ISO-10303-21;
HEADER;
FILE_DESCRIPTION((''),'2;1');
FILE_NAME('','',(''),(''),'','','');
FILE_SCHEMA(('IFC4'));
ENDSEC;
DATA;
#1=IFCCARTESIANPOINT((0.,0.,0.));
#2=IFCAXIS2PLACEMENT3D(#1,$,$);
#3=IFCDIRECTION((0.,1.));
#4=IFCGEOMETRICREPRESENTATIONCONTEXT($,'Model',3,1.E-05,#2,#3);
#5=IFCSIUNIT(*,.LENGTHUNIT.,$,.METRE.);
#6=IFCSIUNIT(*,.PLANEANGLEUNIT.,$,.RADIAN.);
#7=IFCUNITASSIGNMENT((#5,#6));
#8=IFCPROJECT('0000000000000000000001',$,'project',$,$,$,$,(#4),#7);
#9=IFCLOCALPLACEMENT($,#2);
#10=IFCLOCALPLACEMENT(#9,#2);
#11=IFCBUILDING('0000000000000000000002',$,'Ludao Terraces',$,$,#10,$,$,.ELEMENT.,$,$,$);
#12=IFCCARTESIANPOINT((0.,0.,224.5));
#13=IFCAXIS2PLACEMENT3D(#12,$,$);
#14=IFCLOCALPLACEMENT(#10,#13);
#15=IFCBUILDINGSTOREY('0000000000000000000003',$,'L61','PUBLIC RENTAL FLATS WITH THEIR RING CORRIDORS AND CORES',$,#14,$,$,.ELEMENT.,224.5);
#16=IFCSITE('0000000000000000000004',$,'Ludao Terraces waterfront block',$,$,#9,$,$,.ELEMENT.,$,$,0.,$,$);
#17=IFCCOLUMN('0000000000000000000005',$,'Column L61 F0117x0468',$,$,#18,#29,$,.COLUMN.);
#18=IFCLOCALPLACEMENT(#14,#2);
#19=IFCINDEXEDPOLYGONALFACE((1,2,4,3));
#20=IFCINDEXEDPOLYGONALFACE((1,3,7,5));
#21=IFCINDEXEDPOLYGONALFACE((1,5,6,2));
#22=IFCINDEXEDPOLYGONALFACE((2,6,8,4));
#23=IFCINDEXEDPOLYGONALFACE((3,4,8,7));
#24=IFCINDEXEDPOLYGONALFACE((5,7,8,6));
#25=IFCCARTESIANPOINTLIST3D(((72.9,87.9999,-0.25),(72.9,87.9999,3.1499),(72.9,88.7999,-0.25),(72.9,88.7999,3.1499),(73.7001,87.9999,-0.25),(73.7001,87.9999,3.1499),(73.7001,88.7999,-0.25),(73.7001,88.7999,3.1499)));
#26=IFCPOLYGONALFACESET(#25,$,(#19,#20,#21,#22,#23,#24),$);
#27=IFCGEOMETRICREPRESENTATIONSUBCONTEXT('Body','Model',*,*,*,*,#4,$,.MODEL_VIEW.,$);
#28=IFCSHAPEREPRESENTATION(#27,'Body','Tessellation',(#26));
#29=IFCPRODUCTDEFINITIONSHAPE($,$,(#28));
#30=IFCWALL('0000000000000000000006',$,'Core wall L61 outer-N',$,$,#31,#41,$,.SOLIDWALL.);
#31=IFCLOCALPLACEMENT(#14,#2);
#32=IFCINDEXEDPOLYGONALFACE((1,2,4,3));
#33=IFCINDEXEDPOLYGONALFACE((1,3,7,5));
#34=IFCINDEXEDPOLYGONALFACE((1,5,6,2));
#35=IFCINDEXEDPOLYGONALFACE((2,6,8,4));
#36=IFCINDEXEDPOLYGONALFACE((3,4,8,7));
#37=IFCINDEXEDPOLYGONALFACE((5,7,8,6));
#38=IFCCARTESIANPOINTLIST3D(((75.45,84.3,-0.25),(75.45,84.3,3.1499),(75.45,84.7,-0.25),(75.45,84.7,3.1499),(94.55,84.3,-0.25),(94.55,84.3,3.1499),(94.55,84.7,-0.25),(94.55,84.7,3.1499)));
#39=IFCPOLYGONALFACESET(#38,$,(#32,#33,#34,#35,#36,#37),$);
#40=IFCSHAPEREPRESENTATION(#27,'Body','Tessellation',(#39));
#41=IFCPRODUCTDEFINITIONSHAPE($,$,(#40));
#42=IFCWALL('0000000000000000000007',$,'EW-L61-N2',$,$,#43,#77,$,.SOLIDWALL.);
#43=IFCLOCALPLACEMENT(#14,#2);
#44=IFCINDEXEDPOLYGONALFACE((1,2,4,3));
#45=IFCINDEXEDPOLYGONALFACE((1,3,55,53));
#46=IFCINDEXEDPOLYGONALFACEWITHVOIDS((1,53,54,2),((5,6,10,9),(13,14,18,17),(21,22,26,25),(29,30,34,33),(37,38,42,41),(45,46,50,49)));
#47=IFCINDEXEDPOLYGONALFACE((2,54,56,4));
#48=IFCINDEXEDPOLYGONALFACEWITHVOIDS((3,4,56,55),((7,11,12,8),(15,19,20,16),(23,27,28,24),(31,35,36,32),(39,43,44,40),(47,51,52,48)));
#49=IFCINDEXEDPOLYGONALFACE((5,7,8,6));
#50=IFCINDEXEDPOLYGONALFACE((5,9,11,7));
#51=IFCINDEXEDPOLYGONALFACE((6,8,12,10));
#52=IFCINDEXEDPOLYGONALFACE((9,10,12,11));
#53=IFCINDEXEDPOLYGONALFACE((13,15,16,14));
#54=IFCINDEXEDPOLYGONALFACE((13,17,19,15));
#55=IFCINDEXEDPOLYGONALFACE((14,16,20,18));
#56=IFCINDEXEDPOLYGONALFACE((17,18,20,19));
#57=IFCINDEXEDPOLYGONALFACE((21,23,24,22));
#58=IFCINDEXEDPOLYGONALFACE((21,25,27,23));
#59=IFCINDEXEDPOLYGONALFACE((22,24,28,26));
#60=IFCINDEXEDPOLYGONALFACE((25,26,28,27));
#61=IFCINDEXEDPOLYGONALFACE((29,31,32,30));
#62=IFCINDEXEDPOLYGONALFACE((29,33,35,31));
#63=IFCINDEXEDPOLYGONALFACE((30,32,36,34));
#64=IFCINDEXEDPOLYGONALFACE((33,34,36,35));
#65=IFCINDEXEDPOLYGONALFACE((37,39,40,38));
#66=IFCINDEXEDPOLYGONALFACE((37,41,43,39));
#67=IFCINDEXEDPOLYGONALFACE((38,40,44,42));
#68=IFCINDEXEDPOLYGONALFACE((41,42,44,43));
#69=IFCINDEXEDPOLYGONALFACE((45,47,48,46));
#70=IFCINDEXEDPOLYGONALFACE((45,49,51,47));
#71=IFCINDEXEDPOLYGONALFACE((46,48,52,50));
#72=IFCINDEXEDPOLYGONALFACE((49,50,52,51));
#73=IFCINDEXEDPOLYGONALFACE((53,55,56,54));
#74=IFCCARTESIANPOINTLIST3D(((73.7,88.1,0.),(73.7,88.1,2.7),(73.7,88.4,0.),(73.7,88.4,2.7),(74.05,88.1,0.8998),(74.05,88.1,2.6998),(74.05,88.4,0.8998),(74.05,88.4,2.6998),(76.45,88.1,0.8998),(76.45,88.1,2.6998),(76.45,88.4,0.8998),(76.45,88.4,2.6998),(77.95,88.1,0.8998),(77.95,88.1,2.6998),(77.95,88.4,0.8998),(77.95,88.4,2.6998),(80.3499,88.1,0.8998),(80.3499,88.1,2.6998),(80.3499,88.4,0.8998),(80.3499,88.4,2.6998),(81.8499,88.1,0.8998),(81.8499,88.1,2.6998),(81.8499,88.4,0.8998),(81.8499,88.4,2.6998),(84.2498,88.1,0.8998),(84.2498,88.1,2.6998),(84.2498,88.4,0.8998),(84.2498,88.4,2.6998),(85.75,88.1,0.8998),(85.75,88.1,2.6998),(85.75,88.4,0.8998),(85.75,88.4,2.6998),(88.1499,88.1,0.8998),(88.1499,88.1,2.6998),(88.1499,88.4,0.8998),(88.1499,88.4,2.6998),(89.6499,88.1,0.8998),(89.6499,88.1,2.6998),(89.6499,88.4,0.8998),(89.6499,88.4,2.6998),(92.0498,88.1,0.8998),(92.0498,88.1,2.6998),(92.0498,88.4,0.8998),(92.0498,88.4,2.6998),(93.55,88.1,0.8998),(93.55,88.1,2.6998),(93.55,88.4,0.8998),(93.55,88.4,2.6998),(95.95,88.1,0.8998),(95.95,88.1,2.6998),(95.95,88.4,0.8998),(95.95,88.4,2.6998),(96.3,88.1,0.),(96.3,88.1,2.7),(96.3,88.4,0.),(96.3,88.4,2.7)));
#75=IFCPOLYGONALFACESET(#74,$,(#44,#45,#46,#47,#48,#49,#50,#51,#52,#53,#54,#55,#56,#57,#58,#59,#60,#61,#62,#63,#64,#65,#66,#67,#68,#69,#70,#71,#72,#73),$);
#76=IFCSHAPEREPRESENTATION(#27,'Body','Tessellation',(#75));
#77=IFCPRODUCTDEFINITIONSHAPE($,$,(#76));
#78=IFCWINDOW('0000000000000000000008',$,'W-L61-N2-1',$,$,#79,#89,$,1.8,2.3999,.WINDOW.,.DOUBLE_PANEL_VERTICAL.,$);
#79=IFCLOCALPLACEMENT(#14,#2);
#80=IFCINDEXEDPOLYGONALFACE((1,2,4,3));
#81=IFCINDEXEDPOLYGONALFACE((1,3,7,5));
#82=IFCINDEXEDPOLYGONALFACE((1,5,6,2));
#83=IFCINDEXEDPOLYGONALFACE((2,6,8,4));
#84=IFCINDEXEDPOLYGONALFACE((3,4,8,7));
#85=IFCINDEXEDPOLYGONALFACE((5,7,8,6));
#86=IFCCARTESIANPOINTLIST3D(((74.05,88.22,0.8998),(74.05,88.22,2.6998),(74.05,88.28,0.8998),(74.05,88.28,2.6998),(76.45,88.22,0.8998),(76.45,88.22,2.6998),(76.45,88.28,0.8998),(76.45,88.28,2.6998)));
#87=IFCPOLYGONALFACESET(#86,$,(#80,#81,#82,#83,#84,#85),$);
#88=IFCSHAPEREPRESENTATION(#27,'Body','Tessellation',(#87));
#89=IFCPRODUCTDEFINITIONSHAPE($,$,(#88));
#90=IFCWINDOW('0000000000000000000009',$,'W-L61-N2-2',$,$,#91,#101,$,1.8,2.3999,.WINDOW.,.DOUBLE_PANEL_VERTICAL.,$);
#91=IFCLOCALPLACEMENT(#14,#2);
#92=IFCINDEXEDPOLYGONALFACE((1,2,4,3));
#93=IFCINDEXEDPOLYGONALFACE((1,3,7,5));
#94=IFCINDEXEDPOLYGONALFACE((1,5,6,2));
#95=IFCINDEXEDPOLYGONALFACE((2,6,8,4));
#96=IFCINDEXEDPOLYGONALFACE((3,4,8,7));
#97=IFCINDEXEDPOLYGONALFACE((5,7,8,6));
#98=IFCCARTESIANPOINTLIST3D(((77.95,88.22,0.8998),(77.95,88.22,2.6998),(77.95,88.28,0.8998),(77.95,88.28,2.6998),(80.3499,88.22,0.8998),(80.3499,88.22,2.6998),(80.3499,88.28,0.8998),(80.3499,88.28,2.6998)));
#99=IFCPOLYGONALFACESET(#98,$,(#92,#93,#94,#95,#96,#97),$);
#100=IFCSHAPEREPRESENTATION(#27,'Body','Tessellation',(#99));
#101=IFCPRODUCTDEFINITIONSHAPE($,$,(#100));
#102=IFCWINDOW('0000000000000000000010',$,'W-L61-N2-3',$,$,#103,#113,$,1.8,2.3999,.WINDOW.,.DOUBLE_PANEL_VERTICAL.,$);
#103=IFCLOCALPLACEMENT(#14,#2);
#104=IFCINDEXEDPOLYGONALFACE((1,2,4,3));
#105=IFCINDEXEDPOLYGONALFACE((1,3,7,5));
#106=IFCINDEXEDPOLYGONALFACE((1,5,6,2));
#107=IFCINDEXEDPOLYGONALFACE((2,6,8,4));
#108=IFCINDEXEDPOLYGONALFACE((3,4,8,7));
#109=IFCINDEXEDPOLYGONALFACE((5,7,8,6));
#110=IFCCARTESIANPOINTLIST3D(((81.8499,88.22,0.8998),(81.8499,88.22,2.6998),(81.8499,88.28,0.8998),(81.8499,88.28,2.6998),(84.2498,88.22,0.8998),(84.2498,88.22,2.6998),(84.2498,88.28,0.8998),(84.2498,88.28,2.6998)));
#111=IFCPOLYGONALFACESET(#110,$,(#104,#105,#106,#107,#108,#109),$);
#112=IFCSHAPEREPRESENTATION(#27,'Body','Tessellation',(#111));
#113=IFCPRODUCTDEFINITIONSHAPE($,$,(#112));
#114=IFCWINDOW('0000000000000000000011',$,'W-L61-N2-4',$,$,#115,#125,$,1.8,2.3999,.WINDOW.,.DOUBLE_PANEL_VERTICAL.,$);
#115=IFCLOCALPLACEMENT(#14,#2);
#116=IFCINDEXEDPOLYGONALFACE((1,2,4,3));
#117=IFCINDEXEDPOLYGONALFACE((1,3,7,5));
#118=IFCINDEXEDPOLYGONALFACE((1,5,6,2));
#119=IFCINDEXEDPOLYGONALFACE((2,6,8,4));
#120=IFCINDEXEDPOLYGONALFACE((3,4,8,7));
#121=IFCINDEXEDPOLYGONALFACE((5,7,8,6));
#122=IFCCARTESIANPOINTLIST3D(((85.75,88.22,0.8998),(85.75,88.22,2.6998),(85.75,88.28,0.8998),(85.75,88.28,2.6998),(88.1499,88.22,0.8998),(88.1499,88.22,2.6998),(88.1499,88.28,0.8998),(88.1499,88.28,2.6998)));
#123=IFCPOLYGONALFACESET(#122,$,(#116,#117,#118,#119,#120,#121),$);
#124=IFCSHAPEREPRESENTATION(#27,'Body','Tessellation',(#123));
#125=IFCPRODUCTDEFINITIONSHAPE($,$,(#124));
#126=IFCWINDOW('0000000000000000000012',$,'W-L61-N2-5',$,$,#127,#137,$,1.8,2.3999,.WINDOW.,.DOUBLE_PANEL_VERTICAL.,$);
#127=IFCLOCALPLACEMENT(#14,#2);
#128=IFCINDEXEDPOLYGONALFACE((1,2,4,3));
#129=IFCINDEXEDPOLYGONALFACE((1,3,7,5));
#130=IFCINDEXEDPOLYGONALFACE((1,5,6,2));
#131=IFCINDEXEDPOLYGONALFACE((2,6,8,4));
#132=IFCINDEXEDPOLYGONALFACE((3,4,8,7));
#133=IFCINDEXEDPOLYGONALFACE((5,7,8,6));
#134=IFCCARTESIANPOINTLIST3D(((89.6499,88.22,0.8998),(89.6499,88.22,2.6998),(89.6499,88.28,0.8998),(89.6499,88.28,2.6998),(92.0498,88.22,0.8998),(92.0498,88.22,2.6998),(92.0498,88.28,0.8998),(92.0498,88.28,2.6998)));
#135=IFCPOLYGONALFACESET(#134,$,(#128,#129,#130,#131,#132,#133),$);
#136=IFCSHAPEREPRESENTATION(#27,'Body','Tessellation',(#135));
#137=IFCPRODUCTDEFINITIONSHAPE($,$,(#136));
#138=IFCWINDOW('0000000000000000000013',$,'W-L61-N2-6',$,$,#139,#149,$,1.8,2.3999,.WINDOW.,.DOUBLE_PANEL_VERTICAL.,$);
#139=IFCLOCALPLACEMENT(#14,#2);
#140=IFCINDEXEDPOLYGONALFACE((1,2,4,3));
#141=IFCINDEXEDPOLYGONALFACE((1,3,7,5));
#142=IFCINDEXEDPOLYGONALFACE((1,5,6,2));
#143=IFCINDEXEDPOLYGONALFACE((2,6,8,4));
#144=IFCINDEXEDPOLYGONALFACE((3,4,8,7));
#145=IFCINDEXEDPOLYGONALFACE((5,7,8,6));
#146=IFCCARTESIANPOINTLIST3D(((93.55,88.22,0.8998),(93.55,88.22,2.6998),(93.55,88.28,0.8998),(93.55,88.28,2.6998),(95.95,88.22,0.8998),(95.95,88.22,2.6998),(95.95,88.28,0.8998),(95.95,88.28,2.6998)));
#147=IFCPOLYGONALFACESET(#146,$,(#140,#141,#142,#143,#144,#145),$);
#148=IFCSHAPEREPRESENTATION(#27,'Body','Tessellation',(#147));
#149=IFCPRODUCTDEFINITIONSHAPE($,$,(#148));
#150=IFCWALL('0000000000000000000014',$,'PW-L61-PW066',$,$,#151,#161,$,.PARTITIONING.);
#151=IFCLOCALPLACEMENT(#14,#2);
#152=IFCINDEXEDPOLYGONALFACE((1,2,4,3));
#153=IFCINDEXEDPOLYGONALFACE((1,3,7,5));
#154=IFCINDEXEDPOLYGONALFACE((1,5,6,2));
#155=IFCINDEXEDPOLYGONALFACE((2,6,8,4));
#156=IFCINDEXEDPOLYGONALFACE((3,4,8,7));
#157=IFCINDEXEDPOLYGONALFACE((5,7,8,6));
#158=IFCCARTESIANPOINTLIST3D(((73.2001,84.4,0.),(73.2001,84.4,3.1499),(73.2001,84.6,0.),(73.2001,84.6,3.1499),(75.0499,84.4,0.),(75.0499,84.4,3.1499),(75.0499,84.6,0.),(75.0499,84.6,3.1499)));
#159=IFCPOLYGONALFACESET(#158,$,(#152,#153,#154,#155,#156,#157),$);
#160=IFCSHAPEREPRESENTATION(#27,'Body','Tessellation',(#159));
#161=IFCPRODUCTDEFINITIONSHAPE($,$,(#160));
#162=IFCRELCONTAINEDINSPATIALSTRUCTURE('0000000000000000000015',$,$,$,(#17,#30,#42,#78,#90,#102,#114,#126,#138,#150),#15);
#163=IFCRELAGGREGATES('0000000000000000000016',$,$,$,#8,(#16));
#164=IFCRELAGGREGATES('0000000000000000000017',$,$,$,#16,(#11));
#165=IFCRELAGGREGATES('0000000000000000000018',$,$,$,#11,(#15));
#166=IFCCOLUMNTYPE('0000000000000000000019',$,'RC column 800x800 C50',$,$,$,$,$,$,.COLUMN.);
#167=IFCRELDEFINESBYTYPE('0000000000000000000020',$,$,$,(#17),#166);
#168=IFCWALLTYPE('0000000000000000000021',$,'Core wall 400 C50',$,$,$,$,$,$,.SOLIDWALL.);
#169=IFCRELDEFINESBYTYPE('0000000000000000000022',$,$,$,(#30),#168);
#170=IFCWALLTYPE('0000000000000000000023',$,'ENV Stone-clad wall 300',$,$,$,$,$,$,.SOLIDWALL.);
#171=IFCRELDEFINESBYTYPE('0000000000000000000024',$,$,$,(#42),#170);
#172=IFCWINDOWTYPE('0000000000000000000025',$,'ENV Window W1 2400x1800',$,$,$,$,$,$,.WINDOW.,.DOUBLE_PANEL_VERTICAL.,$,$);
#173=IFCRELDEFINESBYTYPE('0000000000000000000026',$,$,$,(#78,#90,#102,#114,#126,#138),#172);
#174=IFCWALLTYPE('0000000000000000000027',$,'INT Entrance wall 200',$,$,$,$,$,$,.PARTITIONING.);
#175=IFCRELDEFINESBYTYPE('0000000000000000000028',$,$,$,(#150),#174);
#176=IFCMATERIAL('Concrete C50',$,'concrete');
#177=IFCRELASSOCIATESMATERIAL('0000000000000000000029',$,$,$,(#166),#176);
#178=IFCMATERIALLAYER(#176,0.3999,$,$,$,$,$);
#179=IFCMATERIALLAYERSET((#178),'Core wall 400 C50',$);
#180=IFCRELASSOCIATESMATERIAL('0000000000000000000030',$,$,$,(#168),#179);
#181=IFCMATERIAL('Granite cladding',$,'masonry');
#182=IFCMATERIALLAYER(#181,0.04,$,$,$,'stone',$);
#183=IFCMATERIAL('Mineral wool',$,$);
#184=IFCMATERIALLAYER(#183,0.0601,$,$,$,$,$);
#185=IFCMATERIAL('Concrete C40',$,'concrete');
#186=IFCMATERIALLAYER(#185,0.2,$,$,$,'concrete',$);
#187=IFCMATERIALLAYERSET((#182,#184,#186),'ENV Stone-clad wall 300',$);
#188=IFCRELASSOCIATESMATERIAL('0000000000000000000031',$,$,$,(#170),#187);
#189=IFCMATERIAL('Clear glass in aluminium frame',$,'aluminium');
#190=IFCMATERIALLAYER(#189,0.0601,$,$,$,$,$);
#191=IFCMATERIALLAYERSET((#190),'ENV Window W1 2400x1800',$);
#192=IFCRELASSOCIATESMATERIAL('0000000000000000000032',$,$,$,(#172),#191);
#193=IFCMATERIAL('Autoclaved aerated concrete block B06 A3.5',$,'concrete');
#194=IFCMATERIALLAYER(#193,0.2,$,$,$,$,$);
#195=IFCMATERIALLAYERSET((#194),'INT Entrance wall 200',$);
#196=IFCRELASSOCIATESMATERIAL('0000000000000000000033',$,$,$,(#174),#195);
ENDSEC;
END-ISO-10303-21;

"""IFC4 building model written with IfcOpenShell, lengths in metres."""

from ifc_helpers import new_model, si_unit, direction, frame, frame_2d, origin, origin_2d, place, context, subcontext, project, spatial, rectangle, extrude, material, layer, layer_set, material_profile, profile_set, type_object, element, fill, save


model = new_model("IFC4")

# Units and contexts
model_context = context("Model", 3, precision=1e-05, world=origin(), true_north=direction((0.0, 1.0)))
body_context = subcontext(model_context, "Body", "Model", "MODEL_VIEW")
ifc_project = project(units=[si_unit("LENGTHUNIT", "METRE"), si_unit("PLANEANGLEUNIT", "RADIAN")], contexts=[model_context])

# Site, building, storey
site_placement = place(None, origin())
site = spatial("IfcSite", under=ifc_project, at=site_placement, Name="Ludao Terraces waterfront block", CompositionType="ELEMENT", RefElevation=0.0)
building_placement = place(site_placement, origin())
building = spatial("IfcBuilding", under=site, at=building_placement, Name="Ludao Terraces", CompositionType="ELEMENT")
storey_placement = place(building_placement, frame((0.0, 0.0, 224.5)))
storey = spatial("IfcBuildingStorey", under=building, at=storey_placement, Name="L61", Description="PUBLIC RENTAL FLATS WITH THEIR RING CORRIDORS AND CORES", CompositionType="ELEMENT", Elevation=224.5)

# Column
ifc_material_1 = material(Name="Concrete C50", Category="concrete")
ifc_material_profile = material_profile(ifc_material_1, rectangle(XDim=0.8, YDim=0.8, at=origin_2d()), Name="800 X 800")
ifc_profile_set = profile_set([ifc_material_profile], Name="Concrete C50")
column_type = type_object("IfcColumnType", Name="RC column 800x800 C50", PredefinedType="COLUMN", material=ifc_profile_set)
column_placement = place(storey_placement, frame((73.3, 88.3999, -0.25), z_axis=(0.0, 0.0, 1.0), x_axis=(1.0, 0.0, 0.0)))
element("IfcColumn", 1, at=column_placement, inside=storey, type_object=column_type, Name="Column L61 F0117x0468", PredefinedType="COLUMN", context=body_context, shape_type="SweptSolid", body=[
    extrude(rectangle(XDim=0.8, YDim=0.8, at=origin_2d()), origin(), (0.0, 0.0, 1.0), 3.3999),
])

# Wall
ifc_layer_1 = layer(ifc_material_1, 0.3999)
ifc_layer_set_1 = layer_set([ifc_layer_1], Name="Core wall 400 C50")
wall_type_1 = type_object("IfcWallType", Name="Core wall 400 C50", PredefinedType="SOLIDWALL", material=ifc_layer_set_1)
wall_1_placement = place(storey_placement, frame((75.45, 84.5, -0.25), z_axis=(0.0, 0.0, 1.0), x_axis=(1.0, 0.0, 0.0)))
element("IfcWall", 2, at=wall_1_placement, inside=storey, type_object=wall_type_1, Name="Core wall L61 outer-N", PredefinedType="SOLIDWALL", context=body_context, shape_type="SweptSolid", body=[
    extrude(rectangle(XDim=19.1001, YDim=0.3999, at=frame_2d((9.55, 0.0))), origin(), (0.0, 0.0, 1.0), 3.3999),
])

# Wall, openings, windows
ifc_material_2 = material(Name="Granite cladding", Category="masonry")
ifc_layer_2 = layer(ifc_material_2, 0.04, Category="stone")
ifc_material_3 = material(Name="Mineral wool")
ifc_layer_3 = layer(ifc_material_3, 0.0601)
ifc_material_4 = material(Name="Concrete C40", Category="concrete")
ifc_layer_4 = layer(ifc_material_4, 0.2, Category="concrete")
ifc_layer_set_2 = layer_set([ifc_layer_2, ifc_layer_3, ifc_layer_4], Name="ENV Stone-clad wall 300")
wall_type_2 = type_object("IfcWallType", Name="ENV Stone-clad wall 300", PredefinedType="SOLIDWALL", material=ifc_layer_set_2)
wall_2_placement = place(storey_placement, frame((73.7, 88.25, 0.0), z_axis=(0.0, 0.0, 1.0), x_axis=(1.0, 0.0, 0.0)))
wall_2 = element("IfcWall", 3, at=wall_2_placement, inside=storey, type_object=wall_type_2, Name="EW-L61-N2", PredefinedType="SOLIDWALL", context=body_context, shape_type="SweptSolid", body=[
    extrude(rectangle(XDim=22.6001, YDim=0.3, at=frame_2d((11.3, 0.0))), origin(), (0.0, 0.0, 1.0), 2.7),
])
opening_1_placement = place(wall_2_placement, frame((0.3501, 0.0, 0.8999)))
opening_1 = element("IfcOpeningElement", 4, at=opening_1_placement, cuts=wall_2, PredefinedType="OPENING", context=body_context, shape_type="SweptSolid", body=[
    extrude(rectangle(XDim=2.3999, YDim=1.8, at=frame_2d((1.2, 0.8999))), frame((0.0, 0.1602, 0.0), z_axis=(0.0, -1.0, 0.0), x_axis=(1.0, 0.0, 0.0)), (0.0, 0.0, 1.0), 0.3201),
])
opening_2_placement = place(wall_2_placement, frame((4.25, 0.0, 0.8999)))
opening_2 = element("IfcOpeningElement", 5, at=opening_2_placement, cuts=wall_2, PredefinedType="OPENING", context=body_context, shape_type="SweptSolid", body=[
    extrude(rectangle(XDim=2.3999, YDim=1.8, at=frame_2d((1.2, 0.8999))), frame((0.0, 0.1602, 0.0), z_axis=(0.0, -1.0, 0.0), x_axis=(1.0, 0.0, 0.0)), (0.0, 0.0, 1.0), 0.3201),
])
opening_3_placement = place(wall_2_placement, frame((8.1499, 0.0, 0.8999)))
opening_3 = element("IfcOpeningElement", 6, at=opening_3_placement, cuts=wall_2, PredefinedType="OPENING", context=body_context, shape_type="SweptSolid", body=[
    extrude(rectangle(XDim=2.3999, YDim=1.8, at=frame_2d((1.2, 0.8999))), frame((0.0, 0.1602, 0.0), z_axis=(0.0, -1.0, 0.0), x_axis=(1.0, 0.0, 0.0)), (0.0, 0.0, 1.0), 0.3201),
])
opening_4_placement = place(wall_2_placement, frame((12.05, 0.0, 0.8999)))
opening_4 = element("IfcOpeningElement", 7, at=opening_4_placement, cuts=wall_2, PredefinedType="OPENING", context=body_context, shape_type="SweptSolid", body=[
    extrude(rectangle(XDim=2.3999, YDim=1.8, at=frame_2d((1.2, 0.8999))), frame((0.0, 0.1602, 0.0), z_axis=(0.0, -1.0, 0.0), x_axis=(1.0, 0.0, 0.0)), (0.0, 0.0, 1.0), 0.3201),
])
opening_5_placement = place(wall_2_placement, frame((15.95, 0.0, 0.8999)))
opening_5 = element("IfcOpeningElement", 8, at=opening_5_placement, cuts=wall_2, PredefinedType="OPENING", context=body_context, shape_type="SweptSolid", body=[
    extrude(rectangle(XDim=2.3999, YDim=1.8, at=frame_2d((1.2, 0.8999))), frame((0.0, 0.1602, 0.0), z_axis=(0.0, -1.0, 0.0), x_axis=(1.0, 0.0, 0.0)), (0.0, 0.0, 1.0), 0.3201),
])
opening_6_placement = place(wall_2_placement, frame((19.8501, 0.0, 0.8999)))
opening_6 = element("IfcOpeningElement", 9, at=opening_6_placement, cuts=wall_2, PredefinedType="OPENING", context=body_context, shape_type="SweptSolid", body=[
    extrude(rectangle(XDim=2.3999, YDim=1.8, at=frame_2d((1.2, 0.8999))), frame((0.0, 0.1602, 0.0), z_axis=(0.0, -1.0, 0.0), x_axis=(1.0, 0.0, 0.0)), (0.0, 0.0, 1.0), 0.3201),
])
ifc_material_5 = material(Name="Clear glass in aluminium frame", Category="aluminium")
ifc_layer_5 = layer(ifc_material_5, 0.0601)
ifc_layer_set_3 = layer_set([ifc_layer_5], Name="ENV Window W1 2400x1800")
window_type = type_object("IfcWindowType", Name="ENV Window W1 2400x1800", PartitioningType="DOUBLE_PANEL_VERTICAL", PredefinedType="WINDOW", material=ifc_layer_set_3)
window_1_placement = place(opening_1_placement, origin())
window_1 = element("IfcWindow", 10, at=window_1_placement, inside=storey, type_object=window_type, Name="W-L61-N2-1", OverallHeight=1.8, OverallWidth=2.3999, PartitioningType="DOUBLE_PANEL_VERTICAL", PredefinedType="WINDOW", context=body_context, shape_type="SweptSolid", body=[
    extrude(rectangle(XDim=2.3999, YDim=1.8, at=frame_2d((1.2, 0.8999))), frame((0.0, 0.03, 0.0), z_axis=(0.0, -1.0, 0.0), x_axis=(1.0, 0.0, 0.0)), (0.0, 0.0, 1.0), 0.0601),
])
fill(opening_1, window_1)
window_2_placement = place(opening_2_placement, origin())
window_2 = element("IfcWindow", 11, at=window_2_placement, inside=storey, type_object=window_type, Name="W-L61-N2-2", OverallHeight=1.8, OverallWidth=2.3999, PartitioningType="DOUBLE_PANEL_VERTICAL", PredefinedType="WINDOW", context=body_context, shape_type="SweptSolid", body=[
    extrude(rectangle(XDim=2.3999, YDim=1.8, at=frame_2d((1.2, 0.8999))), frame((0.0, 0.03, 0.0), z_axis=(0.0, -1.0, 0.0), x_axis=(1.0, 0.0, 0.0)), (0.0, 0.0, 1.0), 0.0601),
])
fill(opening_2, window_2)
window_3_placement = place(opening_3_placement, origin())
window_3 = element("IfcWindow", 12, at=window_3_placement, inside=storey, type_object=window_type, Name="W-L61-N2-3", OverallHeight=1.8, OverallWidth=2.3999, PartitioningType="DOUBLE_PANEL_VERTICAL", PredefinedType="WINDOW", context=body_context, shape_type="SweptSolid", body=[
    extrude(rectangle(XDim=2.3999, YDim=1.8, at=frame_2d((1.2, 0.8999))), frame((0.0, 0.03, 0.0), z_axis=(0.0, -1.0, 0.0), x_axis=(1.0, 0.0, 0.0)), (0.0, 0.0, 1.0), 0.0601),
])
fill(opening_3, window_3)
window_4_placement = place(opening_4_placement, origin())
window_4 = element("IfcWindow", 13, at=window_4_placement, inside=storey, type_object=window_type, Name="W-L61-N2-4", OverallHeight=1.8, OverallWidth=2.3999, PartitioningType="DOUBLE_PANEL_VERTICAL", PredefinedType="WINDOW", context=body_context, shape_type="SweptSolid", body=[
    extrude(rectangle(XDim=2.3999, YDim=1.8, at=frame_2d((1.2, 0.8999))), frame((0.0, 0.03, 0.0), z_axis=(0.0, -1.0, 0.0), x_axis=(1.0, 0.0, 0.0)), (0.0, 0.0, 1.0), 0.0601),
])
fill(opening_4, window_4)
window_5_placement = place(opening_5_placement, origin())
window_5 = element("IfcWindow", 14, at=window_5_placement, inside=storey, type_object=window_type, Name="W-L61-N2-5", OverallHeight=1.8, OverallWidth=2.3999, PartitioningType="DOUBLE_PANEL_VERTICAL", PredefinedType="WINDOW", context=body_context, shape_type="SweptSolid", body=[
    extrude(rectangle(XDim=2.3999, YDim=1.8, at=frame_2d((1.2, 0.8999))), frame((0.0, 0.03, 0.0), z_axis=(0.0, -1.0, 0.0), x_axis=(1.0, 0.0, 0.0)), (0.0, 0.0, 1.0), 0.0601),
])
fill(opening_5, window_5)
window_6_placement = place(opening_6_placement, origin())
window_6 = element("IfcWindow", 15, at=window_6_placement, inside=storey, type_object=window_type, Name="W-L61-N2-6", OverallHeight=1.8, OverallWidth=2.3999, PartitioningType="DOUBLE_PANEL_VERTICAL", PredefinedType="WINDOW", context=body_context, shape_type="SweptSolid", body=[
    extrude(rectangle(XDim=2.3999, YDim=1.8, at=frame_2d((1.2, 0.8999))), frame((0.0, 0.03, 0.0), z_axis=(0.0, -1.0, 0.0), x_axis=(1.0, 0.0, 0.0)), (0.0, 0.0, 1.0), 0.0601),
])
fill(opening_6, window_6)

# Wall
ifc_material_6 = material(Name="Autoclaved aerated concrete block B06 A3.5", Category="concrete")
ifc_layer_6 = layer(ifc_material_6, 0.2)
ifc_layer_set_4 = layer_set([ifc_layer_6], Name="INT Entrance wall 200")
wall_type_3 = type_object("IfcWallType", Name="INT Entrance wall 200", PredefinedType="PARTITIONING", material=ifc_layer_set_4)
wall_3_placement = place(storey_placement, frame((73.2002, 84.5, 0.0), z_axis=(0.0, 0.0, 1.0), x_axis=(1.0, 0.0, 0.0)))
element("IfcWall", 16, at=wall_3_placement, inside=storey, type_object=wall_type_3, Name="PW-L61-PW066", PredefinedType="PARTITIONING", context=body_context, shape_type="SweptSolid", body=[
    extrude(rectangle(XDim=1.8499, YDim=0.2, at=frame_2d((0.9248, 0.0))), origin(), (0.0, 0.0, 1.0), 3.1499),
])

save(model, "model.ifc")
